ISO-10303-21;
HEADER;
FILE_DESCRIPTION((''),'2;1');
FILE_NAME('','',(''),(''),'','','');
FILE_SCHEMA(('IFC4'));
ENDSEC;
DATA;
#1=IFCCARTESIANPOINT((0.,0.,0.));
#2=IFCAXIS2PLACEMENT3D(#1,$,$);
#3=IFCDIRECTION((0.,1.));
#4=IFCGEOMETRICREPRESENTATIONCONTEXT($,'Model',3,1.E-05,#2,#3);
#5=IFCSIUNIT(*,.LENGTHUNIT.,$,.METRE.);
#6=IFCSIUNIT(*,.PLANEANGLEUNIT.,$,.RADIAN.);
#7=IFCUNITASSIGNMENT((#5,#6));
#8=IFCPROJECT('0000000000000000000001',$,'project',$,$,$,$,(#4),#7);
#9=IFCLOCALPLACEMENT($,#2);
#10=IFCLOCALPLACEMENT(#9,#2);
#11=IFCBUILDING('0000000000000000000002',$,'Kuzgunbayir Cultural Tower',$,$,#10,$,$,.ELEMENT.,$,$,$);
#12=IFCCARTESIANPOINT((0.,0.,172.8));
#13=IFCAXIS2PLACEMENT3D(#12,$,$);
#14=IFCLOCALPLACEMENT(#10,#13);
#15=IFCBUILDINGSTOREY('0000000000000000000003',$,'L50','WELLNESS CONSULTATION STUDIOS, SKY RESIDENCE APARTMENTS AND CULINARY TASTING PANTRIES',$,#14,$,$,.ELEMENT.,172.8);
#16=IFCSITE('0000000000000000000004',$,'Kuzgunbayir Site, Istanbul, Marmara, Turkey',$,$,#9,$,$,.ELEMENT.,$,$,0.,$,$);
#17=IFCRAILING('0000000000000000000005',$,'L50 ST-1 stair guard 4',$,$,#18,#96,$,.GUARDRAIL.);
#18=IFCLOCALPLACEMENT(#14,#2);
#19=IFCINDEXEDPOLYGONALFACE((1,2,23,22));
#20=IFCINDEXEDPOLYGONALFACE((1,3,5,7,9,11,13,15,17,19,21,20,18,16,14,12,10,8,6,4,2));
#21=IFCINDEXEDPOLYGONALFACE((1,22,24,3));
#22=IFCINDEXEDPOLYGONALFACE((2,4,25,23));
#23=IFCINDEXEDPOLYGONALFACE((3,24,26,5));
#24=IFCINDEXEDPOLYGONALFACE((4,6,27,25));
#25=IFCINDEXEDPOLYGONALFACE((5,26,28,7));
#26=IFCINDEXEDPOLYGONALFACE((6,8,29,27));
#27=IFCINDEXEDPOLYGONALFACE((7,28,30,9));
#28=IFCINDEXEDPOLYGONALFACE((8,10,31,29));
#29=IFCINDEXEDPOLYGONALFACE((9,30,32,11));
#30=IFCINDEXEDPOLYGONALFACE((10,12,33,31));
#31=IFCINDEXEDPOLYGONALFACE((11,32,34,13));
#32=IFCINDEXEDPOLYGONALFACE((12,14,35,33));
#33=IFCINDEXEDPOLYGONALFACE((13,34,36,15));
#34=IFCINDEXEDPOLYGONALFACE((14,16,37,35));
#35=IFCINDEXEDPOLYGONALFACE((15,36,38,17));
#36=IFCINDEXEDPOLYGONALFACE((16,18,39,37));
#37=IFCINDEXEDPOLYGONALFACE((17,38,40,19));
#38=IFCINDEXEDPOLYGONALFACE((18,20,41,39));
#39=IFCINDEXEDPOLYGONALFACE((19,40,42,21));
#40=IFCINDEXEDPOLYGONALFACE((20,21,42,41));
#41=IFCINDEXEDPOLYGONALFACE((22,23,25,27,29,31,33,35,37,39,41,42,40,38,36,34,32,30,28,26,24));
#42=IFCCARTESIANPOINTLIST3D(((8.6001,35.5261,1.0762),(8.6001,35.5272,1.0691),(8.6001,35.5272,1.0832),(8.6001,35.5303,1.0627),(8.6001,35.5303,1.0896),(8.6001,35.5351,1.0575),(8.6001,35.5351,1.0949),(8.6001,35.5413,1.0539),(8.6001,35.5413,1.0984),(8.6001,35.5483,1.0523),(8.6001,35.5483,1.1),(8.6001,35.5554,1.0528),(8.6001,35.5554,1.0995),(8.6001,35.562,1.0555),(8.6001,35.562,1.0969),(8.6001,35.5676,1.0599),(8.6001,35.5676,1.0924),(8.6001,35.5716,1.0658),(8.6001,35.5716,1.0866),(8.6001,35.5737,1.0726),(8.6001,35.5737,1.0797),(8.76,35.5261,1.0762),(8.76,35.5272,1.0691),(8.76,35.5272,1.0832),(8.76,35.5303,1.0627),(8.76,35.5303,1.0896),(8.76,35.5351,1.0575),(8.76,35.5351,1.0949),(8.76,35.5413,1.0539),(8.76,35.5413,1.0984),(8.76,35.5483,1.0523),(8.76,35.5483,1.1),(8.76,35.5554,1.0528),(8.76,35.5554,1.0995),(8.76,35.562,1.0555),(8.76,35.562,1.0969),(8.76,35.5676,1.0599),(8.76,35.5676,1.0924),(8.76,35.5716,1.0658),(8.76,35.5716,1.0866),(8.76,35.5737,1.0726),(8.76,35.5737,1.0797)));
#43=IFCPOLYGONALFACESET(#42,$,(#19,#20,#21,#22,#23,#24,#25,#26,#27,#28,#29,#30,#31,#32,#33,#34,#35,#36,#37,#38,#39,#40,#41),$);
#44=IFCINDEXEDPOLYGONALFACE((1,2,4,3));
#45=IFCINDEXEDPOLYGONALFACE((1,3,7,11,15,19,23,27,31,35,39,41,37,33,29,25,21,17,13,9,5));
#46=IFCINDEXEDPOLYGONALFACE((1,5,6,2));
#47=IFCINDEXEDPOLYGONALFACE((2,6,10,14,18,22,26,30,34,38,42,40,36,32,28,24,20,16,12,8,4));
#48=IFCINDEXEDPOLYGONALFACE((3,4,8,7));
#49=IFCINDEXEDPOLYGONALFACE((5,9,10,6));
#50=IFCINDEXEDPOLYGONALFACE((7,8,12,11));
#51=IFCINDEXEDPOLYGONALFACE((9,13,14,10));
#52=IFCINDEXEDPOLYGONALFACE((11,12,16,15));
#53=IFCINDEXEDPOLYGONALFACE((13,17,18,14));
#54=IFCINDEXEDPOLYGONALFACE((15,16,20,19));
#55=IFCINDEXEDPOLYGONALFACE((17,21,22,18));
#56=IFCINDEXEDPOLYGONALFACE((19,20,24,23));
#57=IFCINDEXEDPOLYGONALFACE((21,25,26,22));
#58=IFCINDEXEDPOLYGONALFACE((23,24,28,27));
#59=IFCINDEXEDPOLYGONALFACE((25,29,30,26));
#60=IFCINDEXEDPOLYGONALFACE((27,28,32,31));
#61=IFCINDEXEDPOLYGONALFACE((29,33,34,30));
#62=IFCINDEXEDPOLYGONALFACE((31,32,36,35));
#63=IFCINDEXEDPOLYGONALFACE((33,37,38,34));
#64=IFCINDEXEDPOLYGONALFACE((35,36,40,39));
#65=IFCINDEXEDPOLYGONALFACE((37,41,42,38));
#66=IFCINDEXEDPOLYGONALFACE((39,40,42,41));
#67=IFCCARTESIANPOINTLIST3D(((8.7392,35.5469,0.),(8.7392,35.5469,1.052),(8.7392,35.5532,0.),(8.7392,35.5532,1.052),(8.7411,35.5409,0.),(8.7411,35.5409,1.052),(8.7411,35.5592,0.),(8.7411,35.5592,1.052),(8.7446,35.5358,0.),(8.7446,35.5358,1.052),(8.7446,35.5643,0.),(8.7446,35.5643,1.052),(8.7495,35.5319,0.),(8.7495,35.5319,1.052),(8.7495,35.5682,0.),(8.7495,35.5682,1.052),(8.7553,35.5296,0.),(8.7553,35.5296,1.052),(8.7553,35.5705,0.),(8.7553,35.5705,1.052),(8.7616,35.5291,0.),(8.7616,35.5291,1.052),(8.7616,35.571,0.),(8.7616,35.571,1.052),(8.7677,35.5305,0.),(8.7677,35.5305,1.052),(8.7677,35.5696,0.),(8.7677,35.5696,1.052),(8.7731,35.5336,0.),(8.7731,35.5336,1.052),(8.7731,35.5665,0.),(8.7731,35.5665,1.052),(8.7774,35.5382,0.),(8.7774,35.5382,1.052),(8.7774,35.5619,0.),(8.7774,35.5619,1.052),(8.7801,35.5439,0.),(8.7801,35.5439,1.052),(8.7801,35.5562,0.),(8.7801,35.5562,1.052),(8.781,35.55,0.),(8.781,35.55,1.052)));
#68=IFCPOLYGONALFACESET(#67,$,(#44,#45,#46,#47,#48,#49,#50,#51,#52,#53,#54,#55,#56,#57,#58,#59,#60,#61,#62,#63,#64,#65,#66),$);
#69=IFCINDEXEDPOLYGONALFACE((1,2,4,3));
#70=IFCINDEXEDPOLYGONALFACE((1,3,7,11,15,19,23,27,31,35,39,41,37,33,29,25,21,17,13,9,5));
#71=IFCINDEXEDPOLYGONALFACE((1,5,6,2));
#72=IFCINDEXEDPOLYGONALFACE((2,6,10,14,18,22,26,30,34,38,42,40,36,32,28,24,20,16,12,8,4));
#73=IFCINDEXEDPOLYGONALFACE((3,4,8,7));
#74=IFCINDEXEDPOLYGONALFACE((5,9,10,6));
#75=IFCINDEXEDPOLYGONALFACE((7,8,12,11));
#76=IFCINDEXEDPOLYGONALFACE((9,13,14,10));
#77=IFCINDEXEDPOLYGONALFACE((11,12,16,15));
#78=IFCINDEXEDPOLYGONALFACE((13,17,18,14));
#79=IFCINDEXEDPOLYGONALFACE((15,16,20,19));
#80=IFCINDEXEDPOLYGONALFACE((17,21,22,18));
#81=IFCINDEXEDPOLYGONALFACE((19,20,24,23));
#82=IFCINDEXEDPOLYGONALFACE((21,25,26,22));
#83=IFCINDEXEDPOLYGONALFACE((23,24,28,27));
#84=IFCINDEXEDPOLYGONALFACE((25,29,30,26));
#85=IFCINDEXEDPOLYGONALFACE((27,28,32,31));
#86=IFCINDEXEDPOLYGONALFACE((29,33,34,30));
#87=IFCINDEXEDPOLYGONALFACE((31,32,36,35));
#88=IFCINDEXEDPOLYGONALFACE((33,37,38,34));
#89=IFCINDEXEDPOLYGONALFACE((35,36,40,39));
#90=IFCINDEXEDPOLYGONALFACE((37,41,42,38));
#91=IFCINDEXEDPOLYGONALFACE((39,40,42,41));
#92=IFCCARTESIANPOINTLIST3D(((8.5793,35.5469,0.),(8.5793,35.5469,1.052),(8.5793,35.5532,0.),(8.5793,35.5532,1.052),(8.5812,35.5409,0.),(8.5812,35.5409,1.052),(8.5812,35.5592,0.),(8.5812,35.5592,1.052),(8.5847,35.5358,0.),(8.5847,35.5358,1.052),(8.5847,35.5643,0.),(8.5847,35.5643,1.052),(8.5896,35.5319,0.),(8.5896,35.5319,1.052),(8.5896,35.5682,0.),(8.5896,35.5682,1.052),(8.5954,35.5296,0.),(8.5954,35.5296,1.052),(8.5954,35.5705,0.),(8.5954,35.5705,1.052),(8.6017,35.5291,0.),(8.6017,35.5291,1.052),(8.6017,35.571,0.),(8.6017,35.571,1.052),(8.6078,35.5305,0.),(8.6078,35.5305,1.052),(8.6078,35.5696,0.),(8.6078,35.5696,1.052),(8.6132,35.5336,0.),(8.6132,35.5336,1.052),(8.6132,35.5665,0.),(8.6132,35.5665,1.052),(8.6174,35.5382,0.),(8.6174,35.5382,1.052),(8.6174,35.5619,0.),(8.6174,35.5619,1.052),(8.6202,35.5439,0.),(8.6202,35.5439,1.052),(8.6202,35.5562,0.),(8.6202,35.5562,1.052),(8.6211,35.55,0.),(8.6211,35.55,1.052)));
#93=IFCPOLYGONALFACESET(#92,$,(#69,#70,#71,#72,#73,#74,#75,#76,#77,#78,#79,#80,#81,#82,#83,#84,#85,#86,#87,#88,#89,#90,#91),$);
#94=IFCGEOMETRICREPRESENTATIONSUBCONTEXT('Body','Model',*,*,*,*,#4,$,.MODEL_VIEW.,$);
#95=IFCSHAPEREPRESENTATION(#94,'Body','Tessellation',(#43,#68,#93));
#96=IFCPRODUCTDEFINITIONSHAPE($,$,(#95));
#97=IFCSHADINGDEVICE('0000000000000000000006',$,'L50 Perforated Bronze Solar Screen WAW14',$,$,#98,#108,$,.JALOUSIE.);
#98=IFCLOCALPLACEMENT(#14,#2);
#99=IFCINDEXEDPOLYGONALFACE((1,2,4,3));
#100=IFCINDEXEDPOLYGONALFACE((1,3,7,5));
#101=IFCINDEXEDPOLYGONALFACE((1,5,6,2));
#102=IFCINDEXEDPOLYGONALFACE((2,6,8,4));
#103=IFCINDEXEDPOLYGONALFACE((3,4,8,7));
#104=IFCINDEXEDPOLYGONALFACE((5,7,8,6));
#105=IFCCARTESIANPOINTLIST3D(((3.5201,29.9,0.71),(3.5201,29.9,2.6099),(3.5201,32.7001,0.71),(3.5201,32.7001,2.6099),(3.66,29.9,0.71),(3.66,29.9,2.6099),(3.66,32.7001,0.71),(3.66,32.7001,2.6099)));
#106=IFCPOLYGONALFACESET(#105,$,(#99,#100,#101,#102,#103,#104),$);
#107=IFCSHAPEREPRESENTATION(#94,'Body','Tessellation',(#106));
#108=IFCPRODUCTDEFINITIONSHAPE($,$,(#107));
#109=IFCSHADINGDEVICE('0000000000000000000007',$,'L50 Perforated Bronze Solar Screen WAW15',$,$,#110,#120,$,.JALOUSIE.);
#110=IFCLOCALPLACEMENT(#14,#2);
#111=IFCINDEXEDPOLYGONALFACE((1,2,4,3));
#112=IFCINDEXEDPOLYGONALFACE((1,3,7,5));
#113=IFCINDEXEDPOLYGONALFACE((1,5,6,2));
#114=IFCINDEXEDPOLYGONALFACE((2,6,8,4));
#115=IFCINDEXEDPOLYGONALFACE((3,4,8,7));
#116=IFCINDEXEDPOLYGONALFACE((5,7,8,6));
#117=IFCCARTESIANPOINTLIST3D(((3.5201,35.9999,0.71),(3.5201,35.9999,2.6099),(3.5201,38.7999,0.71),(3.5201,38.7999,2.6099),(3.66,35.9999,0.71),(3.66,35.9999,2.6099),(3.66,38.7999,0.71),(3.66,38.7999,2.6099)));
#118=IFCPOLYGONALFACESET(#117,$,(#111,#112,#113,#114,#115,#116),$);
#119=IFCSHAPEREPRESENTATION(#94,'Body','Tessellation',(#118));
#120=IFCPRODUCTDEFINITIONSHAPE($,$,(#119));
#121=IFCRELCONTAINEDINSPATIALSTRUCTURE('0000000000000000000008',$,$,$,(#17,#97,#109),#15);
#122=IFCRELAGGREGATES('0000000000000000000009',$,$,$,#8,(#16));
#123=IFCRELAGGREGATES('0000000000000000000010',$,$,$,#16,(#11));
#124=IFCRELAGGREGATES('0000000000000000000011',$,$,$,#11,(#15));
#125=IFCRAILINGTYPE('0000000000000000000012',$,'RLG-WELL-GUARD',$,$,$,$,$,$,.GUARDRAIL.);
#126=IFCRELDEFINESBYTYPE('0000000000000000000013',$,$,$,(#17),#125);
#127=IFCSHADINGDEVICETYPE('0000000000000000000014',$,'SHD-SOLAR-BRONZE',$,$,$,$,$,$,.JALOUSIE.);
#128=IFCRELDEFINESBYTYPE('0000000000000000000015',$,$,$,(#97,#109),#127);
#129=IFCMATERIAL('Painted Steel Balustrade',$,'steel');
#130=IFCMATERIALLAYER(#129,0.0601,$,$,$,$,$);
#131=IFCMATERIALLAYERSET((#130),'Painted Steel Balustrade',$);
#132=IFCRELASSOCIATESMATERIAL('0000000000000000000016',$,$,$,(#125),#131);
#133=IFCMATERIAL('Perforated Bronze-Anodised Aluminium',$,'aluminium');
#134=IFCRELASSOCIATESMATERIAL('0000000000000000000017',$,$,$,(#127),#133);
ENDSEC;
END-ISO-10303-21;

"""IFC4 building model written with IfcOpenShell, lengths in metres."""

from ifc_helpers import new_model, si_unit, direction, frame, origin, origin_2d, place, context, subcontext, project, spatial, rectangle, circle, extrude, material, layer, layer_set, type_object, element, save


model = new_model("IFC4")

# Units and contexts
model_context = context("Model", 3, precision=1e-05, world=origin(), true_north=direction((0.0, 1.0)))
body_context = subcontext(model_context, "Body", "Model", "MODEL_VIEW")
ifc_project = project(units=[si_unit("LENGTHUNIT", "METRE"), si_unit("PLANEANGLEUNIT", "RADIAN")], contexts=[model_context])

# Site, building, storey
site_placement = place(None, origin())
site = spatial("IfcSite", under=ifc_project, at=site_placement, Name="Kuzgunbayir Site, Istanbul, Marmara, Turkey", CompositionType="ELEMENT", RefElevation=0.0)
building_placement = place(site_placement, origin())
building = spatial("IfcBuilding", under=site, at=building_placement, Name="Kuzgunbayir Cultural Tower", CompositionType="ELEMENT")
storey_placement = place(building_placement, frame((0.0, 0.0, 172.8)))
storey = spatial("IfcBuildingStorey", under=building, at=storey_placement, Name="L50", Description="WELLNESS CONSULTATION STUDIOS, SKY RESIDENCE APARTMENTS AND CULINARY TASTING PANTRIES", CompositionType="ELEMENT", Elevation=172.8)

# Railing
ifc_material_1 = material(Name="Painted Steel Balustrade", Category="steel")
ifc_layer_1 = layer(ifc_material_1, 0.0601)
ifc_layer_set_1 = layer_set([ifc_layer_1], Name="Painted Steel Balustrade")
railing_type_1 = type_object("IfcRailingType", Name="RLG-WELL-GUARD", PredefinedType="GUARDRAIL", material=ifc_layer_set_1)
railing_1_placement = place(storey_placement, frame((8.76, 35.55, 0.0)))
element("IfcRailing", 1, at=railing_1_placement, inside=storey, type_object=railing_type_1, Name="L50 ST-1 stair guard 4", PredefinedType="GUARDRAIL", context=body_context, shape_type="SweptSolid", body=[
    extrude(circle(Radius=0.0239, at=origin_2d()), frame((0.0, 0.0, 1.0762), z_axis=(-1.0, 0.0, 0.0), x_axis=(0.0, -1.0, 0.0)), (0.0, 0.0, 1.0), 0.1599),
    extrude(circle(Radius=0.021, at=origin_2d()), origin(), (0.0, 0.0, 1.0), 1.052),
    extrude(circle(Radius=0.021, at=origin_2d()), frame((-0.1599, 0.0, 0.0)), (0.0, 0.0, 1.0), 1.052),
])

# Shading devices
ifc_material_2 = material(Name="Perforated Bronze-Anodised Aluminium", Category="aluminium")
shading_device_type = type_object("IfcShadingDeviceType", Name="SHD-SOLAR-BRONZE", PredefinedType="JALOUSIE", material=ifc_material_2)
for number, where, z_axis, x_axis, name in (
    (2, (3.5901, 31.3, 0.71), (0.0, 0.0, 1.0), (1.0, 0.0, 0.0), "L50 Perforated Bronze Solar Screen WAW14"),
    (3, (3.5901, 37.3999, 0.71), (0.0, 0.0, 1.0), (1.0, 0.0, 0.0), "L50 Perforated Bronze Solar Screen WAW15"),
):
    element("IfcShadingDevice", number, at=place(storey_placement, frame(where, z_axis=z_axis, x_axis=x_axis)), inside=storey, type_object=shading_device_type, Name=name, PredefinedType="JALOUSIE", context=body_context, shape_type="SweptSolid", body=[
        extrude(rectangle(XDim=0.1399, YDim=2.8, at=origin_2d()), origin(), (0.0, 0.0, 1.0), 1.8999),
    ])

save(model, "model.ifc")
